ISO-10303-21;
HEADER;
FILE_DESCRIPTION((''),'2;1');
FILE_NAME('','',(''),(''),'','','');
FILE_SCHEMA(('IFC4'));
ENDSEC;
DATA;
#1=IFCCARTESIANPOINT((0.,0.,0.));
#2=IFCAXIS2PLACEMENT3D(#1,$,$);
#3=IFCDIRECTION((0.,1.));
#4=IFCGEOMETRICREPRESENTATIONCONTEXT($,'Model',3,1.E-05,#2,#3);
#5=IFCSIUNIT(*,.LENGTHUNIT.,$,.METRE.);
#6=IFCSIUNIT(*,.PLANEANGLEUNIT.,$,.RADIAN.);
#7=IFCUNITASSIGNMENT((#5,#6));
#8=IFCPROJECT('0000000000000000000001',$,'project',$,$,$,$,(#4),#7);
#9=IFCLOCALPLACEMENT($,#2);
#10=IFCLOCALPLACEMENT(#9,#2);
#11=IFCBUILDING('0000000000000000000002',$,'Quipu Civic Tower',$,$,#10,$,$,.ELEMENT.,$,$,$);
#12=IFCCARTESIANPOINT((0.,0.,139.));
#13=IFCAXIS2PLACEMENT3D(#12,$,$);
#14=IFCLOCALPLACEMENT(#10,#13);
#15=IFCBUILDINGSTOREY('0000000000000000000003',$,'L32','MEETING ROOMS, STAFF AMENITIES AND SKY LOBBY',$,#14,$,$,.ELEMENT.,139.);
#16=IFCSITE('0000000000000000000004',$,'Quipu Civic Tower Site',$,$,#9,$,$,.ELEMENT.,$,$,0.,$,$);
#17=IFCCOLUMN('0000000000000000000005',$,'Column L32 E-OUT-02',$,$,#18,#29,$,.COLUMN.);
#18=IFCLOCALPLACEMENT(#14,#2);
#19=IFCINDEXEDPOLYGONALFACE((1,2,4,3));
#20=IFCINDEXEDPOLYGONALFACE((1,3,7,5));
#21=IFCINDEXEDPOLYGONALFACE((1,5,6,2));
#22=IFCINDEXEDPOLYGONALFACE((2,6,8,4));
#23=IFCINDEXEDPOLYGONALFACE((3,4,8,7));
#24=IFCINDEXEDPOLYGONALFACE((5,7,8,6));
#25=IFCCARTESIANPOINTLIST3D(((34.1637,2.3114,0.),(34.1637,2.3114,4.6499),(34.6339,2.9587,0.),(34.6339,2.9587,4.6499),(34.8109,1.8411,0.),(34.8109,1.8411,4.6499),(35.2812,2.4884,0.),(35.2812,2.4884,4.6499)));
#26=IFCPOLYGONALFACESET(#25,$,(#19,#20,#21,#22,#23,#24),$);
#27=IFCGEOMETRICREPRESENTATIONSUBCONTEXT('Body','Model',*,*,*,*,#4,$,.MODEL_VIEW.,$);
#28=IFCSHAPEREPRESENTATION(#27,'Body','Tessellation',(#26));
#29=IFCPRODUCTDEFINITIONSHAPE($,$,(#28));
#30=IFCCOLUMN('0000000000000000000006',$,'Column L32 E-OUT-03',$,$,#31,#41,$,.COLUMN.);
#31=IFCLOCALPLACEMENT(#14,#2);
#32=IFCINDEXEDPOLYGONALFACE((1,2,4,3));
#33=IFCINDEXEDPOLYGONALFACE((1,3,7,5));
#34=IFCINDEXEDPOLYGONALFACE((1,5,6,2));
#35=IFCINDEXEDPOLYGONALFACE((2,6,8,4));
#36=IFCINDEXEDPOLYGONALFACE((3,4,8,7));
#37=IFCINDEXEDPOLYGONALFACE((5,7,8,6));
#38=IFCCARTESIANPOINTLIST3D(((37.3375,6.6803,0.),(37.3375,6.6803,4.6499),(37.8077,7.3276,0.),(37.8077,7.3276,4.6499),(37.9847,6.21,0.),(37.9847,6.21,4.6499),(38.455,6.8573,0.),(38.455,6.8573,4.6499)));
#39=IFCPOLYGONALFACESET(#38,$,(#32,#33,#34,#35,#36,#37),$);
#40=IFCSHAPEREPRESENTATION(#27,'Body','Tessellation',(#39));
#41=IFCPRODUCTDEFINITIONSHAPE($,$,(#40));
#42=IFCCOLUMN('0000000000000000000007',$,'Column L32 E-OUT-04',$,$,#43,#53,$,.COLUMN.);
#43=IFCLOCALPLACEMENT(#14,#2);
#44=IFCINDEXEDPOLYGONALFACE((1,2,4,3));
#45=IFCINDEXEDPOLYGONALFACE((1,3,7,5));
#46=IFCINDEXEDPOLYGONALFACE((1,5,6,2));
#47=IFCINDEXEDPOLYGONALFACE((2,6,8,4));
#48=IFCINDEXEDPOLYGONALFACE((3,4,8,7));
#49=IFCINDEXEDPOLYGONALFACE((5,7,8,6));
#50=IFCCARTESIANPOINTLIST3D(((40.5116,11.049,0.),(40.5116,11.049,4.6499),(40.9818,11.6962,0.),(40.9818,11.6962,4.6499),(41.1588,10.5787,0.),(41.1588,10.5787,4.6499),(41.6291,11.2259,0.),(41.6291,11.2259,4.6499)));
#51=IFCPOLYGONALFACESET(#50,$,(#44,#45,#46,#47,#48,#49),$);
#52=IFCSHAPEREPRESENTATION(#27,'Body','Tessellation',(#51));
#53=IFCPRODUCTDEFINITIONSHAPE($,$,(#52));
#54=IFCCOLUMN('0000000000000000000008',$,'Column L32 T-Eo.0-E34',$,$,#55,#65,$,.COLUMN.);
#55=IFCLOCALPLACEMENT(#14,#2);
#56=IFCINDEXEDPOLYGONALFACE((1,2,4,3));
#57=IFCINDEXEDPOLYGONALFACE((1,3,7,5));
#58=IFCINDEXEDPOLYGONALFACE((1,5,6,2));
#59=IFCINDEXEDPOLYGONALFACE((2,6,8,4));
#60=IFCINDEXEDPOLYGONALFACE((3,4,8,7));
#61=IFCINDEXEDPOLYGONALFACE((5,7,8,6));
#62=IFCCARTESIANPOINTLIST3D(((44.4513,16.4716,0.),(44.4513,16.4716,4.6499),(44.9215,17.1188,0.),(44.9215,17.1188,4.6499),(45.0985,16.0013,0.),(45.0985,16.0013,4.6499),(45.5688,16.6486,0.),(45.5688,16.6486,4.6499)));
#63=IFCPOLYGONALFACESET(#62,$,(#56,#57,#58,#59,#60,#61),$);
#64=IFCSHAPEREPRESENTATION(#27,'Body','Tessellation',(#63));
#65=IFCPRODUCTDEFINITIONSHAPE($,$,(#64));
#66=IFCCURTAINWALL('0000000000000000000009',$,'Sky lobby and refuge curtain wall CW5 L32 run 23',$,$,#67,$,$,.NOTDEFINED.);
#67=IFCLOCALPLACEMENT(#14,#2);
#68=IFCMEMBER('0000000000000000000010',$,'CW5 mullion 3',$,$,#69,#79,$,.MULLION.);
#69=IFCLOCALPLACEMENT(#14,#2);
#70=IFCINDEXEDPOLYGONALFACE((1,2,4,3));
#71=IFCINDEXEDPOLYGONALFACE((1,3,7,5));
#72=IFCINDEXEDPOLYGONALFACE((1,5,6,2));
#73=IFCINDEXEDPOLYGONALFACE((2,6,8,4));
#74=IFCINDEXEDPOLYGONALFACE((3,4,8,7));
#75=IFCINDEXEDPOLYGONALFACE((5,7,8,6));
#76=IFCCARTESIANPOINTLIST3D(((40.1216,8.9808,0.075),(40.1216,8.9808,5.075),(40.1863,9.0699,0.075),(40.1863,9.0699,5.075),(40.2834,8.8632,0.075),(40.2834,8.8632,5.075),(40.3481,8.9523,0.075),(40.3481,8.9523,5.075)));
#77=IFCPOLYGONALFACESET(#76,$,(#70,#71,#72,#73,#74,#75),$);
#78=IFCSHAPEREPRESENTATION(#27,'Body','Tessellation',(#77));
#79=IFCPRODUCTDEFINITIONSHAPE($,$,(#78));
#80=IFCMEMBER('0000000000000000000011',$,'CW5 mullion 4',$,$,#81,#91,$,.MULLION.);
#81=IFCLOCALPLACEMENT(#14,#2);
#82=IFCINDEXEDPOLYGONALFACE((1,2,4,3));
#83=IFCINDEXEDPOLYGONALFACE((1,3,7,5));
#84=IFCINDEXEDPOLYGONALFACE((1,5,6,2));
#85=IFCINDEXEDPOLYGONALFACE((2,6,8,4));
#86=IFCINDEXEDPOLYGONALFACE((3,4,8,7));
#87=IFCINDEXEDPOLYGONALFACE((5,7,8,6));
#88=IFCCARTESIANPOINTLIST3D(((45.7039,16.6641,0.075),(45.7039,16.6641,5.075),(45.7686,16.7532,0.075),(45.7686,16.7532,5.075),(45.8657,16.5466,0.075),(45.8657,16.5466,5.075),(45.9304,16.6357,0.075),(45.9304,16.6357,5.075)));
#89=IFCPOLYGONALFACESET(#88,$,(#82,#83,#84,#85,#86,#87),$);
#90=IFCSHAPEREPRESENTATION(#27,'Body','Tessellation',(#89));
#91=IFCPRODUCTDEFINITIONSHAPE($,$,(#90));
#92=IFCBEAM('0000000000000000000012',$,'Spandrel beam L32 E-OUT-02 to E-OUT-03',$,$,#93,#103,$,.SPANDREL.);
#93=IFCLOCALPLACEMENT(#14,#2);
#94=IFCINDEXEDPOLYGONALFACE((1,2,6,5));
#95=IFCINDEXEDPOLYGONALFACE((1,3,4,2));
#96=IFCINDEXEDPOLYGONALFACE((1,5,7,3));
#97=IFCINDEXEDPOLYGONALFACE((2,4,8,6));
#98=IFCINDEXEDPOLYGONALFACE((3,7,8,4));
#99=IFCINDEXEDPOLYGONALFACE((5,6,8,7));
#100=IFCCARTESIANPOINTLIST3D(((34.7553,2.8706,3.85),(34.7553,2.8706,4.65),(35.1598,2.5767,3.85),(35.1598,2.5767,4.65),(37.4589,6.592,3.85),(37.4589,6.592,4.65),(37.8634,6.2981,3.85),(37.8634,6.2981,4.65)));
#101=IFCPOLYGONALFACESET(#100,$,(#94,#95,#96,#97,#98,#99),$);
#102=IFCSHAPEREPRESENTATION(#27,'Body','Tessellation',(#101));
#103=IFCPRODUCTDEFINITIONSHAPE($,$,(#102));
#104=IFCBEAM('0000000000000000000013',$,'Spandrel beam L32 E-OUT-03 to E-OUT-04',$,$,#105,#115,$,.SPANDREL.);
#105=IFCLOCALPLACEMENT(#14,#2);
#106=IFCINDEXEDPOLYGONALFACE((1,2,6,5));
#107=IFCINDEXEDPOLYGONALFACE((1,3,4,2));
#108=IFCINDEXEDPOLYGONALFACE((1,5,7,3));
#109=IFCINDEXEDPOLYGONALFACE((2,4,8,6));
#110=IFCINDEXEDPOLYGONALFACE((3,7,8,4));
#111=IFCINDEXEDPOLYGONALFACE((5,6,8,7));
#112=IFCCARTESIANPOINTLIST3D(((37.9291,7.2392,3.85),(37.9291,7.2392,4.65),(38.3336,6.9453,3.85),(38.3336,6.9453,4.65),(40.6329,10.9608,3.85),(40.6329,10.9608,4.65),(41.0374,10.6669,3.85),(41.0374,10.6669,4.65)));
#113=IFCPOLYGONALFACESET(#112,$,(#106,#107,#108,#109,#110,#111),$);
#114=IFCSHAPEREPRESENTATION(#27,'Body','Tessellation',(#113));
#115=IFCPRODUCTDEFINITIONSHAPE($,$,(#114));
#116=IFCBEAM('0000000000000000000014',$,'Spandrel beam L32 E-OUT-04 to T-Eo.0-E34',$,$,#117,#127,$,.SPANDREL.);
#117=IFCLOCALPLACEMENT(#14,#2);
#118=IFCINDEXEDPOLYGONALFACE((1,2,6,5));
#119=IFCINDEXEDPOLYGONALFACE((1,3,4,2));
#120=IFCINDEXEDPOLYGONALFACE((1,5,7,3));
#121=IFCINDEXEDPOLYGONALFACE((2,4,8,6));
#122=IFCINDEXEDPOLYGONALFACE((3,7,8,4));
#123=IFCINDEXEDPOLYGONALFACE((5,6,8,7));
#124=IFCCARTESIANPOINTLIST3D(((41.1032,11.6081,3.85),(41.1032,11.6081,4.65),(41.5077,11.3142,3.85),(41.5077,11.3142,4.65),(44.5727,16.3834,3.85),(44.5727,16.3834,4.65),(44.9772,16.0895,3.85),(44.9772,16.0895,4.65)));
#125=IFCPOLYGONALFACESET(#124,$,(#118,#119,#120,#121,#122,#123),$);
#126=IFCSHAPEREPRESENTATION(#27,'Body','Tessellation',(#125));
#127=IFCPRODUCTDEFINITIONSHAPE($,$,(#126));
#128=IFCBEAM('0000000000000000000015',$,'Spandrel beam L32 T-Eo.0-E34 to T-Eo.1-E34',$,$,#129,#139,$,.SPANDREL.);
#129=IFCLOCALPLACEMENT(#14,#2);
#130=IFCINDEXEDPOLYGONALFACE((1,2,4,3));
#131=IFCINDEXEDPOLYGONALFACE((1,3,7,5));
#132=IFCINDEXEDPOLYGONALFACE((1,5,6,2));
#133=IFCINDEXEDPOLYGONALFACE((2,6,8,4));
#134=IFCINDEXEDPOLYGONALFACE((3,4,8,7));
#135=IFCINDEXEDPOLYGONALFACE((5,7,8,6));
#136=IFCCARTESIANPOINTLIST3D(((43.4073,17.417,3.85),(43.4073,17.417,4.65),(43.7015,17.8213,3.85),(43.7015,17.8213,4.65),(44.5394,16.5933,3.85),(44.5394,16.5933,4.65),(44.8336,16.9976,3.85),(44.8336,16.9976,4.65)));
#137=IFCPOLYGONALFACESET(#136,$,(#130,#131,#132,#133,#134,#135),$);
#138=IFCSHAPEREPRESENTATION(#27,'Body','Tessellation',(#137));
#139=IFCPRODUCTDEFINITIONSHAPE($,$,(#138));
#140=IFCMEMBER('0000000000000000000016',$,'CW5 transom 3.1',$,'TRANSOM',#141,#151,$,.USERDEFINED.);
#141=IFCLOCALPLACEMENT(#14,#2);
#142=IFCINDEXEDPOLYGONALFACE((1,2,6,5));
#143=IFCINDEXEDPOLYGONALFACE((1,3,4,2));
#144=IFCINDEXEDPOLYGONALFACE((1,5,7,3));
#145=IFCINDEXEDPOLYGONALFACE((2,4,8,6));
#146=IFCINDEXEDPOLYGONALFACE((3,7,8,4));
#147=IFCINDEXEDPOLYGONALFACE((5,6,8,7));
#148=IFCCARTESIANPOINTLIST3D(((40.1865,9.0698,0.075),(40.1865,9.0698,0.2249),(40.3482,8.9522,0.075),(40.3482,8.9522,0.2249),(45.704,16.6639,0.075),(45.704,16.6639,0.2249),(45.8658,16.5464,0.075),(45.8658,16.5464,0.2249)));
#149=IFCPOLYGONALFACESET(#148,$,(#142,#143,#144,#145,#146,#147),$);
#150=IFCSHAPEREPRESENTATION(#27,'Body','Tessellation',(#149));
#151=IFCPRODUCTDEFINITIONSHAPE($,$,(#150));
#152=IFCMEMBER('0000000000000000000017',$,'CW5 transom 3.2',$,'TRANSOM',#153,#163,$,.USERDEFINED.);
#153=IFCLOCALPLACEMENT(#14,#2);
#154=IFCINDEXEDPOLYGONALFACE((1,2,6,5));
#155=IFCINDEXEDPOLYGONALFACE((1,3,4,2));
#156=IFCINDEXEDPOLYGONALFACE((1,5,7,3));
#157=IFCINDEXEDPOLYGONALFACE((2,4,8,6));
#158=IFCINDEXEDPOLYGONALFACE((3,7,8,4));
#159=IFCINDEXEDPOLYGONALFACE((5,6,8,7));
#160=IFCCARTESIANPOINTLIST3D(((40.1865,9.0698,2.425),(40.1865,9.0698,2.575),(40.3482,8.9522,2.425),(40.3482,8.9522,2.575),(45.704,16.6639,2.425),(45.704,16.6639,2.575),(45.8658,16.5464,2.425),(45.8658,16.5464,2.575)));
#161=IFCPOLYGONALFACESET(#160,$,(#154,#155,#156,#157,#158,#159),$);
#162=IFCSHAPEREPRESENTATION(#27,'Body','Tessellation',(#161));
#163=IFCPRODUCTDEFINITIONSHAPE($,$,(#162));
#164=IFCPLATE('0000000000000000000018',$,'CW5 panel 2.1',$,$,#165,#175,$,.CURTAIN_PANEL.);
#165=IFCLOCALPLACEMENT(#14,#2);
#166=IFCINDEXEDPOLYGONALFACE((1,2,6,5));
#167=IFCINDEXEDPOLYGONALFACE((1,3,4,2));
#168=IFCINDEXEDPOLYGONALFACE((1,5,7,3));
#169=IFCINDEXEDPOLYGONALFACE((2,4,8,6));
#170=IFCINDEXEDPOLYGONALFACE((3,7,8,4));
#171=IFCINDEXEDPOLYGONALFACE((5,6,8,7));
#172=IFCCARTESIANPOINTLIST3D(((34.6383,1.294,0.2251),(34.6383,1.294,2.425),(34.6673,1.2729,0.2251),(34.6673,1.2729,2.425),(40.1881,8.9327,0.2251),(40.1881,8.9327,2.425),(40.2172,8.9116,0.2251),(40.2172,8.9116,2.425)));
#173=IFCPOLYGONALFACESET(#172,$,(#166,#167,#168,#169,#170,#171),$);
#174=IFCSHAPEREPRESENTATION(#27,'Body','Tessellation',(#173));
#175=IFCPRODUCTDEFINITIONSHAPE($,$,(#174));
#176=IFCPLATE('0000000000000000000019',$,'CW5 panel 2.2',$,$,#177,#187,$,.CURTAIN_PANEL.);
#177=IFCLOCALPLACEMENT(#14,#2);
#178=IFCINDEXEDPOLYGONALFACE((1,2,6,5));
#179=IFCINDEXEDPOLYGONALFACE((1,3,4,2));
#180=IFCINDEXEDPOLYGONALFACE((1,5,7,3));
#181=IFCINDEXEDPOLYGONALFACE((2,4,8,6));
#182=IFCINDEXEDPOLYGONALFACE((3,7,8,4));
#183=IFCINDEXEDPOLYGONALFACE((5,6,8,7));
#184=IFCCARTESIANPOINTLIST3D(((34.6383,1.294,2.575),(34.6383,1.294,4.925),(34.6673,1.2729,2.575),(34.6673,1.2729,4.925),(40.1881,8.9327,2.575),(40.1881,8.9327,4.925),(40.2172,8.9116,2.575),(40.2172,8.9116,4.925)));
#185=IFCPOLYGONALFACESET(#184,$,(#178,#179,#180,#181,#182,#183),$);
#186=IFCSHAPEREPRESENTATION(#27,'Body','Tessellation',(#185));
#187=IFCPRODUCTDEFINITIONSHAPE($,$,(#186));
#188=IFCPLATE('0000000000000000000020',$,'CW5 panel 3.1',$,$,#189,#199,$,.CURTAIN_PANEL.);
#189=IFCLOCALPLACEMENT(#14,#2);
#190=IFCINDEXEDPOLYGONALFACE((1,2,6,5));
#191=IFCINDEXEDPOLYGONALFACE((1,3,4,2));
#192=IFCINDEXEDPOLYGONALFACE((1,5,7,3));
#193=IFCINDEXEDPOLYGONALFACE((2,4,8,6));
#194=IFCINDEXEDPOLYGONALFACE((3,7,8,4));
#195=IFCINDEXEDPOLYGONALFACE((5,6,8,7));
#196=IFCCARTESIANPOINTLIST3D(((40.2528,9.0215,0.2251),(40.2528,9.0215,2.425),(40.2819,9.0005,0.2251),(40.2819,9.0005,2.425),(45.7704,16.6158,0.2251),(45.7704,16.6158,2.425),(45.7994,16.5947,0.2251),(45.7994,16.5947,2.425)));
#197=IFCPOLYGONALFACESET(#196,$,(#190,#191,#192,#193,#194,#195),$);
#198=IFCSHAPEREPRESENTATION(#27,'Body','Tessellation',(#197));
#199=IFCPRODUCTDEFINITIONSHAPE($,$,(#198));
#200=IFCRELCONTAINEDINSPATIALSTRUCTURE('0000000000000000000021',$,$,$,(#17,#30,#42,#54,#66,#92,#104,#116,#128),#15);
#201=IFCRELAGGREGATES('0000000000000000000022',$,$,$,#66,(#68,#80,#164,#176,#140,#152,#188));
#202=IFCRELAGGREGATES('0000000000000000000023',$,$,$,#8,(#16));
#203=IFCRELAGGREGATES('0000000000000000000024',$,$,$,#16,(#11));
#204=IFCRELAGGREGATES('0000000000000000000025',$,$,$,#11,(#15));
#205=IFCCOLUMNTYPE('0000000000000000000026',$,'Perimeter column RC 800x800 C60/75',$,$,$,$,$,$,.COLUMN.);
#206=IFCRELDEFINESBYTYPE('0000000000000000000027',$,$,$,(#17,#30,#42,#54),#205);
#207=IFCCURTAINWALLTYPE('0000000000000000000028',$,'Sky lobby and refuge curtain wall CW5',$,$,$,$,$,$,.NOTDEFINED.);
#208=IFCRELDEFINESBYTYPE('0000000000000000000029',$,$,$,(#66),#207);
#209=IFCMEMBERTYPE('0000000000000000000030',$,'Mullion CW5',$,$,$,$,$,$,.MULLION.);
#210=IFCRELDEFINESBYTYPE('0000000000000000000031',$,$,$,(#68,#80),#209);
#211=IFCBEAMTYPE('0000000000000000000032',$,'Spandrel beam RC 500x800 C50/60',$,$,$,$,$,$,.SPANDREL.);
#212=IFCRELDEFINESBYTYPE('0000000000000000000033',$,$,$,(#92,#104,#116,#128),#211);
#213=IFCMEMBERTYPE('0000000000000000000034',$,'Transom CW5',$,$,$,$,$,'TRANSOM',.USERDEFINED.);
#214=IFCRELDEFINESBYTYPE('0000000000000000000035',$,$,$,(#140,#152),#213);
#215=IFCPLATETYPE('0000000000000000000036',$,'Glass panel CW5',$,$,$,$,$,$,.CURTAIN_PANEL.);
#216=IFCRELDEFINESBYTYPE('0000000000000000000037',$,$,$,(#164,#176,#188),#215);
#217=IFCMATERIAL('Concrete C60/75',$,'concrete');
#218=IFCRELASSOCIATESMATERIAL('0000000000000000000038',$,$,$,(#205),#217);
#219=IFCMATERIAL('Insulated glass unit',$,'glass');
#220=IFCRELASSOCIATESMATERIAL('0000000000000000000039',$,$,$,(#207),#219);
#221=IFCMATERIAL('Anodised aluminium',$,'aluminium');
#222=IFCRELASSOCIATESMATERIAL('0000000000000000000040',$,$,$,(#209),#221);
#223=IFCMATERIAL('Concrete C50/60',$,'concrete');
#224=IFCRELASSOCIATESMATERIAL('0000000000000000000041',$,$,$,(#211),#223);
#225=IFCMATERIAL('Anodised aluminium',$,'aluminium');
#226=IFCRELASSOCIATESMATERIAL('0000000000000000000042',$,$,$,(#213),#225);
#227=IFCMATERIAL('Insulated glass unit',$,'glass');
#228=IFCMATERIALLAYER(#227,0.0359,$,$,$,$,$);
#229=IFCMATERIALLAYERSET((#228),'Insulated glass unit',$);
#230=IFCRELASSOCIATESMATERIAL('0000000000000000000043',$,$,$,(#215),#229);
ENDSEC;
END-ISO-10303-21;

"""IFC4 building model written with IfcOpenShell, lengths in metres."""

from ifc_helpers import new_model, si_unit, direction, frame, origin, origin_2d, place, context, subcontext, project, spatial, rectangle, extrude, material, layer, layer_set, material_profile, profile_set, type_object, element, aggregate, save


model = new_model("IFC4")

# Units and contexts
model_context = context("Model", 3, precision=1e-05, world=origin(), true_north=direction((0.0, 1.0)))
body_context = subcontext(model_context, "Body", "Model", "MODEL_VIEW")
ifc_project = project(units=[si_unit("LENGTHUNIT", "METRE"), si_unit("PLANEANGLEUNIT", "RADIAN")], contexts=[model_context])

# Site, building, storey
site_placement = place(None, origin())
site = spatial("IfcSite", under=ifc_project, at=site_placement, Name="Quipu Civic Tower Site", CompositionType="ELEMENT", RefElevation=0.0)
building_placement = place(site_placement, origin())
building = spatial("IfcBuilding", under=site, at=building_placement, Name="Quipu Civic Tower", CompositionType="ELEMENT")
storey_placement = place(building_placement, frame((0.0, 0.0, 139.0)))
storey = spatial("IfcBuildingStorey", under=building, at=storey_placement, Name="L32", Description="MEETING ROOMS, STAFF AMENITIES AND SKY LOBBY", CompositionType="ELEMENT", Elevation=139.0)

# Columns
ifc_material_1 = material(Name="Concrete C60/75", Category="concrete")
ifc_material_profile_1 = material_profile(ifc_material_1, rectangle(XDim=0.8, YDim=0.8, at=origin_2d()), Name="RC800x800")
ifc_profile_set_1 = profile_set([ifc_material_profile_1], Name="Concrete C60/75")
column_type = type_object("IfcColumnType", Name="Perimeter column RC 800x800 C60/75", PredefinedType="COLUMN", material=ifc_profile_set_1)
for number, where, z_axis, x_axis, name in (
    (1, (34.7224, 2.3999, 0.0), (0.0, 0.0, 1.0), (0.587785, 0.809017, 0.0), "Column L32 E-OUT-02"),
    (2, (37.8962, 6.7688, 0.0), (0.0, 0.0, 1.0), (0.587785, 0.809017, 0.0), "Column L32 E-OUT-03"),
    (3, (41.0703, 11.1375, 0.0), (0.0, 0.0, 1.0), (0.587785, 0.809017, 0.0), "Column L32 E-OUT-04"),
    (4, (45.01, 16.5601, 0.0), (0.0, 0.0, 1.0), (0.587785, 0.809017, 0.0), "Column L32 T-Eo.0-E34"),
):
    element("IfcColumn", number, at=place(storey_placement, frame(where, z_axis=z_axis, x_axis=x_axis)), inside=storey, type_object=column_type, Name=name, PredefinedType="COLUMN", context=body_context, shape_type="SweptSolid", body=[
        extrude(rectangle(XDim=0.8, YDim=0.8, at=origin_2d()), origin(), (0.0, 0.0, 1.0), 4.6499),
    ])

# Curtain wall, members
ifc_material_2 = material(Name="Insulated glass unit", Category="glass")
curtain_wall_type = type_object("IfcCurtainWallType", Name="Sky lobby and refuge curtain wall CW5", PredefinedType="NOTDEFINED", material=ifc_material_2)
curtain_wall_placement = place(storey_placement, origin())
curtain_wall = element("IfcCurtainWall", 5, at=curtain_wall_placement, inside=storey, type_object=curtain_wall_type, Name="Sky lobby and refuge curtain wall CW5 L32 run 23", PredefinedType="NOTDEFINED")
ifc_material_3 = material(Name="Anodised aluminium", Category="aluminium")
ifc_material_profile_2 = material_profile(ifc_material_3, rectangle(XDim=0.2, YDim=0.1101, at=origin_2d()), Name="RECT 200x110")
ifc_profile_set_2 = profile_set([ifc_material_profile_2], Name="Anodised aluminium")
member_type_1 = type_object("IfcMemberType", Name="Mullion CW5", PredefinedType="MULLION", material=ifc_profile_set_2)
member_1_placement = place(storey_placement, frame((40.2349, 8.9666, 0.075), z_axis=(0.0, 0.0, 1.0), x_axis=(-0.809017, 0.587786, 0.0)))
member_1 = element("IfcMember", 6, at=member_1_placement, type_object=member_type_1, Name="CW5 mullion 3", PredefinedType="MULLION", context=body_context, shape_type="SweptSolid", body=[
    extrude(rectangle(XDim=0.2, YDim=0.1101, at=origin_2d()), origin(), (0.0, 0.0, 1.0), 5.0),
])
member_2_placement = place(storey_placement, frame((45.8171, 16.6499, 0.075), z_axis=(0.0, 0.0, 1.0), x_axis=(-0.809017, 0.587786, 0.0)))
member_2 = element("IfcMember", 7, at=member_2_placement, type_object=member_type_1, Name="CW5 mullion 4", PredefinedType="MULLION", context=body_context, shape_type="SweptSolid", body=[
    extrude(rectangle(XDim=0.2, YDim=0.1101, at=origin_2d()), origin(), (0.0, 0.0, 1.0), 5.0),
])

# Beams
ifc_material_4 = material(Name="Concrete C50/60", Category="concrete")
ifc_material_profile_3 = material_profile(ifc_material_4, rectangle(XDim=0.5, YDim=0.8, at=origin_2d()), Name="RC500x800")
ifc_profile_set_3 = profile_set([ifc_material_profile_3], Name="Concrete C50/60")
beam_type = type_object("IfcBeamType", Name="Spandrel beam RC 500x800 C50/60", PredefinedType="SPANDREL", material=ifc_profile_set_3)
beam_1_placement = place(storey_placement, frame((34.9575, 2.7236, 4.25), z_axis=(0.587761, 0.809034, 0.0), x_axis=(-0.809034, 0.587761, 0.0)))
element("IfcBeam", 8, at=beam_1_placement, inside=storey, type_object=beam_type, Name="Spandrel beam L32 E-OUT-02 to E-OUT-03", PredefinedType="SPANDREL", context=body_context, shape_type="SweptSolid", body=[
    extrude(rectangle(XDim=0.5, YDim=0.8, at=origin_2d()), origin(), (0.0, 0.0, 1.0), 4.5999),
])
beam_2_placement = place(storey_placement, frame((38.1313, 7.0923, 4.25), z_axis=(0.587771, 0.809027, 0.0), x_axis=(-0.809027, 0.587771, 0.0)))
element("IfcBeam", 9, at=beam_2_placement, inside=storey, type_object=beam_type, Name="Spandrel beam L32 E-OUT-03 to E-OUT-04", PredefinedType="SPANDREL", context=body_context, shape_type="SweptSolid", body=[
    extrude(rectangle(XDim=0.5, YDim=0.8, at=origin_2d()), origin(), (0.0, 0.0, 1.0), 4.6001),
])
beam_3_placement = place(storey_placement, frame((41.3054, 11.4612, 4.25), z_axis=(0.5878, 0.809006, 0.0), x_axis=(-0.809006, 0.5878, 0.0)))
element("IfcBeam", 10, at=beam_3_placement, inside=storey, type_object=beam_type, Name="Spandrel beam L32 E-OUT-04 to T-Eo.0-E34", PredefinedType="SPANDREL", context=body_context, shape_type="SweptSolid", body=[
    extrude(rectangle(XDim=0.5, YDim=0.8, at=origin_2d()), origin(), (0.0, 0.0, 1.0), 5.9026),
])
beam_4_placement = place(storey_placement, frame((44.6865, 16.7954, 4.25), z_axis=(-0.8086, 0.588358, 0.0), x_axis=(-0.588358, -0.8086, 0.0)))
element("IfcBeam", 11, at=beam_4_placement, inside=storey, type_object=beam_type, Name="Spandrel beam L32 T-Eo.0-E34 to T-Eo.1-E34", PredefinedType="SPANDREL", context=body_context, shape_type="SweptSolid", body=[
    extrude(rectangle(XDim=0.5, YDim=0.8, at=origin_2d()), origin(), (0.0, 0.0, 1.0), 1.4001),
])

# Members
ifc_material_5 = material(Name="Anodised aluminium", Category="aluminium")
ifc_material_profile_4 = material_profile(ifc_material_5, rectangle(XDim=0.2, YDim=0.1499, at=origin_2d()), Name="RECT 200x150")
ifc_profile_set_4 = profile_set([ifc_material_profile_4], Name="Anodised aluminium")
member_type_2 = type_object("IfcMemberType", Name="Transom CW5", ElementType="TRANSOM", PredefinedType="USERDEFINED", material=ifc_profile_set_4)
member_3_placement = place(storey_placement, frame((40.2673, 9.011, 0.1499), z_axis=(0.587788, 0.809015, 0.0), x_axis=(-0.809015, 0.587788, 0.0)))
member_3 = element("IfcMember", 12, at=member_3_placement, type_object=member_type_2, Name="CW5 transom 3.1", ObjectType="TRANSOM", PredefinedType="USERDEFINED", context=body_context, shape_type="SweptSolid", body=[
    extrude(rectangle(XDim=0.2, YDim=0.1499, at=origin_2d()), origin(), (0.0, 0.0, 1.0), 9.387),
])
member_4_placement = place(storey_placement, frame((40.2673, 9.011, 2.5), z_axis=(0.587788, 0.809015, 0.0), x_axis=(-0.809015, 0.587788, 0.0)))
member_4 = element("IfcMember", 13, at=member_4_placement, type_object=member_type_2, Name="CW5 transom 3.2", ObjectType="TRANSOM", PredefinedType="USERDEFINED", context=body_context, shape_type="SweptSolid", body=[
    extrude(rectangle(XDim=0.2, YDim=0.1499, at=origin_2d()), origin(), (0.0, 0.0, 1.0), 9.387),
])

# Plates
ifc_material_6 = material(Name="Insulated glass unit", Category="glass")
ifc_layer_1 = layer(ifc_material_6, 0.0359)
ifc_layer_set_1 = layer_set([ifc_layer_1], Name="Insulated glass unit")
plate_type_1 = type_object("IfcPlateType", Name="Glass panel CW5", PredefinedType="CURTAIN_PANEL", material=ifc_layer_set_1)
plate_1_placement = place(storey_placement, frame((37.4277, 5.1028, 0.2251), z_axis=(0.0, 0.0, 1.0), x_axis=(0.587786, 0.809017, 0.0)))
plate_1 = element("IfcPlate", 14, at=plate_1_placement, type_object=plate_type_1, Name="CW5 panel 2.1", PredefinedType="CURTAIN_PANEL", context=body_context, shape_type="SweptSolid", body=[
    extrude(rectangle(XDim=9.4419, YDim=0.0359, at=origin_2d()), origin(), (0.0, 0.0, 1.0), 2.2),
])
plate_2_placement = place(storey_placement, frame((37.4277, 5.1028, 2.575), z_axis=(0.0, 0.0, 1.0), x_axis=(0.587786, 0.809017, 0.0)))
plate_2 = element("IfcPlate", 15, at=plate_2_placement, type_object=plate_type_1, Name="CW5 panel 2.2", PredefinedType="CURTAIN_PANEL", context=body_context, shape_type="SweptSolid", body=[
    extrude(rectangle(XDim=9.4419, YDim=0.0359, at=origin_2d()), origin(), (0.0, 0.0, 1.0), 2.3501),
])
plate_3_placement = place(storey_placement, frame((43.0261, 12.8081, 0.2251), z_axis=(0.0, 0.0, 1.0), x_axis=(0.587786, 0.809017, 0.0)))
plate_3 = element("IfcPlate", 16, at=plate_3_placement, type_object=plate_type_1, Name="CW5 panel 3.1", PredefinedType="CURTAIN_PANEL", context=body_context, shape_type="SweptSolid", body=[
    extrude(rectangle(XDim=9.387, YDim=0.0359, at=origin_2d()), origin(), (0.0, 0.0, 1.0), 2.2),
])
aggregate(curtain_wall, [member_1, member_2, plate_1, plate_2, member_3, member_4, plate_3])

save(model, "model.ifc")
